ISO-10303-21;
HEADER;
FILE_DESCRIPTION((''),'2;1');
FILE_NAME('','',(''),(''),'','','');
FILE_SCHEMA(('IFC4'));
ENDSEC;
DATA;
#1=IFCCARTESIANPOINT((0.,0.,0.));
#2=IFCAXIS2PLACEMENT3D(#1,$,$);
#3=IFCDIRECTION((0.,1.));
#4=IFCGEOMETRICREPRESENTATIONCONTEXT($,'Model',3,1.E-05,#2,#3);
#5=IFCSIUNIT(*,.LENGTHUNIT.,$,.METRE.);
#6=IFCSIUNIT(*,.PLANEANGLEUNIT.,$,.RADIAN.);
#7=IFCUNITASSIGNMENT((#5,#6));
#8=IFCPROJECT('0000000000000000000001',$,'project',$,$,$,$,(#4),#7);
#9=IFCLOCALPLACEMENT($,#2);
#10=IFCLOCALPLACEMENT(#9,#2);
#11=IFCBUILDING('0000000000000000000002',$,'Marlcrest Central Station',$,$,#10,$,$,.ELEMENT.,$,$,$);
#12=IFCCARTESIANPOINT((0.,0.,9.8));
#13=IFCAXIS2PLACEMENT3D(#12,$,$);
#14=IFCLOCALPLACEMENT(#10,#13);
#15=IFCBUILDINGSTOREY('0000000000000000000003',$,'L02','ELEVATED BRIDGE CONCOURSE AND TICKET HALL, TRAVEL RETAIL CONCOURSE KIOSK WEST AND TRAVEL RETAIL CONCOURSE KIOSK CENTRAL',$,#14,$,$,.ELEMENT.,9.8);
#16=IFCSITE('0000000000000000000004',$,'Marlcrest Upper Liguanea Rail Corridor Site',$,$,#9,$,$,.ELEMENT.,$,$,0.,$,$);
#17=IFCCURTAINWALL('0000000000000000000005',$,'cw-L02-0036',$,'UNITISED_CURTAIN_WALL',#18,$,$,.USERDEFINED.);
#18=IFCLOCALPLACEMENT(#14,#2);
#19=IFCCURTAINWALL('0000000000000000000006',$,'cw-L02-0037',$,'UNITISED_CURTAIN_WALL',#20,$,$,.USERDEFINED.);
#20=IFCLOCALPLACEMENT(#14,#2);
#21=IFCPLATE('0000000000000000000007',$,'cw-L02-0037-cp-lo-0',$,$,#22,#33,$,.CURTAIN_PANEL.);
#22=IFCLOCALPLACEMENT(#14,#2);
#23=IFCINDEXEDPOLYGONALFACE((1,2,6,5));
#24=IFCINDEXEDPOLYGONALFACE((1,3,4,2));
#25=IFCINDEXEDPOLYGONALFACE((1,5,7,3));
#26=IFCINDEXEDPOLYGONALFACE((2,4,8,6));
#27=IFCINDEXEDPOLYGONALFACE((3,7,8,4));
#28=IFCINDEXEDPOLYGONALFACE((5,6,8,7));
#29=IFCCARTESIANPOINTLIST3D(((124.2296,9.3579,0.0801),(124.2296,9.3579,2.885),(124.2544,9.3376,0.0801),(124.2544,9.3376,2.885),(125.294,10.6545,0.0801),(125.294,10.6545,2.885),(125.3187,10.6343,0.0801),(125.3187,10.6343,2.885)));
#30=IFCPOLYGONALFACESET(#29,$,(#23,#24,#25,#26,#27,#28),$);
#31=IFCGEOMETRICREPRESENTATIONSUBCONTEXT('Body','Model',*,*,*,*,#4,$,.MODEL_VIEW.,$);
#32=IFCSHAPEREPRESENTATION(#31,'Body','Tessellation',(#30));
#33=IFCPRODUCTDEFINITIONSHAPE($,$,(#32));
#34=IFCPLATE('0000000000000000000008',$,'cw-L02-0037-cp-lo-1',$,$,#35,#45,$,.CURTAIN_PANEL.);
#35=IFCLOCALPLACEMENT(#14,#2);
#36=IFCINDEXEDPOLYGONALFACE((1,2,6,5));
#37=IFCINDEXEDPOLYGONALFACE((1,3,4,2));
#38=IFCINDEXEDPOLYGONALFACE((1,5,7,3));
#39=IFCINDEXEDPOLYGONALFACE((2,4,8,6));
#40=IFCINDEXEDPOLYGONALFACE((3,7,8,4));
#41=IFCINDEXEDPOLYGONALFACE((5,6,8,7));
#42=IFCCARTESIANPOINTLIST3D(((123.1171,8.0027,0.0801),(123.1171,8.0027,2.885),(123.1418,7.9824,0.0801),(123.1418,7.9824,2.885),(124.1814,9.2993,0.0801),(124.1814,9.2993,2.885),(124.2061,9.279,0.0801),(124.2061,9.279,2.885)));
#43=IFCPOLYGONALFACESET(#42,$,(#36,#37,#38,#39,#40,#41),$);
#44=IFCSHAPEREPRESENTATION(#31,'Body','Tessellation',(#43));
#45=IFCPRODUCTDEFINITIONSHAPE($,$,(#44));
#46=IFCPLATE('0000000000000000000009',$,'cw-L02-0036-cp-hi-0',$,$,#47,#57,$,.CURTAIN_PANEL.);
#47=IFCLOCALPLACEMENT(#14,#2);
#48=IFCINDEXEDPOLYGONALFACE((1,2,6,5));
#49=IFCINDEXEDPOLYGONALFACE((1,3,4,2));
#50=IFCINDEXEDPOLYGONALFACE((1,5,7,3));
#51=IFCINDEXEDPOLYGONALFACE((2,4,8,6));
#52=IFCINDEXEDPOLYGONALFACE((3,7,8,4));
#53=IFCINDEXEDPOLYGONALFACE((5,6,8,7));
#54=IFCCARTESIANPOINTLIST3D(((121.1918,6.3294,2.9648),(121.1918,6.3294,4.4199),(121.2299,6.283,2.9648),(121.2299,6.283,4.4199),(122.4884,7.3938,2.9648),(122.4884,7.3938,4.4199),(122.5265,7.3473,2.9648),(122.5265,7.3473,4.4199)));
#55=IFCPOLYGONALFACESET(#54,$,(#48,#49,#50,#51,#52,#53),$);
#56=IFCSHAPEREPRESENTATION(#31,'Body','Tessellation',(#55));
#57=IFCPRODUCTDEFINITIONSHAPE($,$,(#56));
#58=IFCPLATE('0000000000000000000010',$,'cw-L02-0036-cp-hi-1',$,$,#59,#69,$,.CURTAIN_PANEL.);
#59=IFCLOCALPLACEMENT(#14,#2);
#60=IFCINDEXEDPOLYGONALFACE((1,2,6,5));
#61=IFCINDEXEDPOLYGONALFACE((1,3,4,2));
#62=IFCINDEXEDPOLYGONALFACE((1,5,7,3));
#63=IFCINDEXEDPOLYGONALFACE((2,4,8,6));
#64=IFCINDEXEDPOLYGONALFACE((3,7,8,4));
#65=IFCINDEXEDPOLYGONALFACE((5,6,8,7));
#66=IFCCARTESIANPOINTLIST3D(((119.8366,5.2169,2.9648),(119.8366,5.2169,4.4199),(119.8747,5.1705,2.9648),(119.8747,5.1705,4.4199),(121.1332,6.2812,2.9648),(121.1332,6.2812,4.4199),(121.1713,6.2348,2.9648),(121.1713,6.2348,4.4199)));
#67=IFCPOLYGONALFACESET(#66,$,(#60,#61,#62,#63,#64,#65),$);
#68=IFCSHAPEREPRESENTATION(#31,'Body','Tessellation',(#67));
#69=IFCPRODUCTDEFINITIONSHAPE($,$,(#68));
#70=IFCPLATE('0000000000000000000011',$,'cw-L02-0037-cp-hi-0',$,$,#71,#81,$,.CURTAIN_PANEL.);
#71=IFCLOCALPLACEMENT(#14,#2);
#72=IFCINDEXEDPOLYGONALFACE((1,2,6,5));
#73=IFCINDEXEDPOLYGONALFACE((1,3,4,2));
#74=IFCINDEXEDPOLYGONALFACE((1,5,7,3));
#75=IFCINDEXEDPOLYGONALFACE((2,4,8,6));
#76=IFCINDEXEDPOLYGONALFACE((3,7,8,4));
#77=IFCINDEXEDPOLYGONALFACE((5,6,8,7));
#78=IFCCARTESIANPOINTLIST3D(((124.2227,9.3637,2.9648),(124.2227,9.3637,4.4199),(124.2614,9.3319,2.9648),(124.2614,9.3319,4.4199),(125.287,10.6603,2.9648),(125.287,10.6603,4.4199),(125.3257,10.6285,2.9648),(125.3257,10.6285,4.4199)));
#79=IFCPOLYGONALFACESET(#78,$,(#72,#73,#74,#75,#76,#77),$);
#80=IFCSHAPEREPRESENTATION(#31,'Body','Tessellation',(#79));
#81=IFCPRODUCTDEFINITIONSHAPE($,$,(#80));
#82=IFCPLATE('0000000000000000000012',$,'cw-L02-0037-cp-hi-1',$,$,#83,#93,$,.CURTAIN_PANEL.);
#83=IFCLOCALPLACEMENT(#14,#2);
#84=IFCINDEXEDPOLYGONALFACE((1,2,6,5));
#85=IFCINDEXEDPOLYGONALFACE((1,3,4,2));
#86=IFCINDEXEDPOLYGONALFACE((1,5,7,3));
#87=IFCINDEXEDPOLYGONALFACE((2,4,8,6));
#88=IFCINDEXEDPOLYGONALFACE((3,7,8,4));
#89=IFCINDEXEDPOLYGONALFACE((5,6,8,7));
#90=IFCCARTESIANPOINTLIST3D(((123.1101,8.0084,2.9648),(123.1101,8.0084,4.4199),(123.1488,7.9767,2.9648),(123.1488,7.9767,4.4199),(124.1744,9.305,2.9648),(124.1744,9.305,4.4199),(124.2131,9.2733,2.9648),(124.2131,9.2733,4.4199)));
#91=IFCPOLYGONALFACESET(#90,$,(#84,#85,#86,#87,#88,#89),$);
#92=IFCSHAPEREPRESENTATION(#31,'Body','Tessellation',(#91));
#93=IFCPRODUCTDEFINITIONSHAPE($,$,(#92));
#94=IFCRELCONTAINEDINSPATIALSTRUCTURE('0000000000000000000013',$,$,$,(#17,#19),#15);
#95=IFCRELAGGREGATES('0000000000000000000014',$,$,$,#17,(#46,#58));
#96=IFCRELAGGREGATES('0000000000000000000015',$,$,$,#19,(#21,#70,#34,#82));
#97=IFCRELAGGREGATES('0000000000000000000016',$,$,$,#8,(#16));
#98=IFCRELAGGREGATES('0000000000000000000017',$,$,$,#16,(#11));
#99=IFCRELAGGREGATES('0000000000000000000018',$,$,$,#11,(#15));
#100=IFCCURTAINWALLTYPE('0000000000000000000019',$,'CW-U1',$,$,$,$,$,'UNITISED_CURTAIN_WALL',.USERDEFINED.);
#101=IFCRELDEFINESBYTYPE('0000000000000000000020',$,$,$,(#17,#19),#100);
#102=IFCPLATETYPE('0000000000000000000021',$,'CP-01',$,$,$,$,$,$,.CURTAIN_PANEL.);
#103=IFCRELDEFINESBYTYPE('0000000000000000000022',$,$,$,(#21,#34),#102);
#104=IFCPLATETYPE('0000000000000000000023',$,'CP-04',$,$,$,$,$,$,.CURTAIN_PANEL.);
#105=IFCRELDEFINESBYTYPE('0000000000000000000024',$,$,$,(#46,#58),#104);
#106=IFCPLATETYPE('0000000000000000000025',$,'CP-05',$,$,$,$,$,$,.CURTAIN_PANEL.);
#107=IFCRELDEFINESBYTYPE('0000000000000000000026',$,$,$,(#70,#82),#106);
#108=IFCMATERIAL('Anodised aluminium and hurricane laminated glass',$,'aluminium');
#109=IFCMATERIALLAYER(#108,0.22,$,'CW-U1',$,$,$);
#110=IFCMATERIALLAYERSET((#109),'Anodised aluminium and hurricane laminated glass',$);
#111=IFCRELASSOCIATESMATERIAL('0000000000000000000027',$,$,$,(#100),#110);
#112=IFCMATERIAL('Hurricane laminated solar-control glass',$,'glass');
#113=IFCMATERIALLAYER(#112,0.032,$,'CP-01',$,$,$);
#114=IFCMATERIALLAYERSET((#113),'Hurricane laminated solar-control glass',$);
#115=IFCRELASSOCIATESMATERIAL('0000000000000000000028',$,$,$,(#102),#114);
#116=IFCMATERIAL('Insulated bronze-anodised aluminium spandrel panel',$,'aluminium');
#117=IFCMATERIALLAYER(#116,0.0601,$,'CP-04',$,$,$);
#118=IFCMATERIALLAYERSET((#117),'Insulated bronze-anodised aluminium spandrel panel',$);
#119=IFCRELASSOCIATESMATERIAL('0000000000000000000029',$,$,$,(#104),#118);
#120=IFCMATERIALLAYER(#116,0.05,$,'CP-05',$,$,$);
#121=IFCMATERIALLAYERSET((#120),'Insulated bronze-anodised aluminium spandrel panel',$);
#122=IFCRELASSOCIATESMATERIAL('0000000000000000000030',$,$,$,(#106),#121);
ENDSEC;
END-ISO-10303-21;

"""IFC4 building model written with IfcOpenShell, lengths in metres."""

from ifc_helpers import new_model, si_unit, direction, frame, origin, origin_2d, place, context, subcontext, project, spatial, rectangle, extrude, material, layer, layer_set, type_object, element, aggregate, save


model = new_model("IFC4")

# Units and contexts
model_context = context("Model", 3, precision=1e-05, world=origin(), true_north=direction((0.0, 1.0)))
body_context = subcontext(model_context, "Body", "Model", "MODEL_VIEW")
ifc_project = project(units=[si_unit("LENGTHUNIT", "METRE"), si_unit("PLANEANGLEUNIT", "RADIAN")], contexts=[model_context])

# Site, building, storey
site_placement = place(None, origin())
site = spatial("IfcSite", under=ifc_project, at=site_placement, Name="Marlcrest Upper Liguanea Rail Corridor Site", CompositionType="ELEMENT", RefElevation=0.0)
building_placement = place(site_placement, origin())
building = spatial("IfcBuilding", under=site, at=building_placement, Name="Marlcrest Central Station", CompositionType="ELEMENT")
storey_placement = place(building_placement, frame((0.0, 0.0, 9.8)))
storey = spatial("IfcBuildingStorey", under=building, at=storey_placement, Name="L02", Description="ELEVATED BRIDGE CONCOURSE AND TICKET HALL, TRAVEL RETAIL CONCOURSE KIOSK WEST AND TRAVEL RETAIL CONCOURSE KIOSK CENTRAL", CompositionType="ELEMENT", Elevation=9.8)

# Curtain walls
ifc_material_1 = material(Name="Anodised aluminium and hurricane laminated glass", Category="aluminium")
ifc_layer_1 = layer(ifc_material_1, 0.22, Name="CW-U1")
ifc_layer_set_1 = layer_set([ifc_layer_1], Name="Anodised aluminium and hurricane laminated glass")
curtain_wall_type = type_object("IfcCurtainWallType", Name="CW-U1", ElementType="UNITISED_CURTAIN_WALL", PredefinedType="USERDEFINED", material=ifc_layer_set_1)
curtain_wall_1_placement = place(storey_placement, origin())
curtain_wall_1 = element("IfcCurtainWall", 1, at=curtain_wall_1_placement, inside=storey, type_object=curtain_wall_type, Name="cw-L02-0036", ObjectType="UNITISED_CURTAIN_WALL", PredefinedType="USERDEFINED")
curtain_wall_2_placement = place(storey_placement, origin())
curtain_wall_2 = element("IfcCurtainWall", 2, at=curtain_wall_2_placement, inside=storey, type_object=curtain_wall_type, Name="cw-L02-0037", ObjectType="UNITISED_CURTAIN_WALL", PredefinedType="USERDEFINED")

# Plates
ifc_material_2 = material(Name="Hurricane laminated solar-control glass", Category="glass")
ifc_layer_2 = layer(ifc_material_2, 0.032, Name="CP-01")
ifc_layer_set_2 = layer_set([ifc_layer_2], Name="Hurricane laminated solar-control glass")
plate_type_1 = type_object("IfcPlateType", Name="CP-01", PredefinedType="CURTAIN_PANEL", material=ifc_layer_set_2)
plate_1_placement = place(storey_placement, frame((124.7742, 9.9961, 0.0801), z_axis=(0.0, 0.0, 1.0), x_axis=(-0.634474, -0.772944, 0.0)))
plate_1 = element("IfcPlate", 3, at=plate_1_placement, type_object=plate_type_1, Name="cw-L02-0037-cp-lo-0", PredefinedType="CURTAIN_PANEL", context=body_context, shape_type="SweptSolid", body=[
    extrude(rectangle(XDim=1.6775, YDim=0.032, at=origin_2d()), origin(), (0.0, 0.0, 1.0), 2.8049),
])
plate_2_placement = place(storey_placement, frame((123.6616, 8.6409, 0.0801), z_axis=(0.0, 0.0, 1.0), x_axis=(-0.634474, -0.772944, 0.0)))
plate_2 = element("IfcPlate", 4, at=plate_2_placement, type_object=plate_type_1, Name="cw-L02-0037-cp-lo-1", PredefinedType="CURTAIN_PANEL", context=body_context, shape_type="SweptSolid", body=[
    extrude(rectangle(XDim=1.6775, YDim=0.032, at=origin_2d()), origin(), (0.0, 0.0, 1.0), 2.8049),
])
ifc_material_3 = material(Name="Insulated bronze-anodised aluminium spandrel panel", Category="aluminium")
ifc_layer_3 = layer(ifc_material_3, 0.0601, Name="CP-04")
ifc_layer_set_3 = layer_set([ifc_layer_3], Name="Insulated bronze-anodised aluminium spandrel panel")
plate_type_2 = type_object("IfcPlateType", Name="CP-04", PredefinedType="CURTAIN_PANEL", material=ifc_layer_set_3)
plate_3_placement = place(storey_placement, frame((121.8591, 6.8384, 2.9648), z_axis=(0.0, 0.0, 1.0), x_axis=(-0.772944, -0.634474, 0.0)))
plate_3 = element("IfcPlate", 5, at=plate_3_placement, type_object=plate_type_2, Name="cw-L02-0036-cp-hi-0", PredefinedType="CURTAIN_PANEL", context=body_context, shape_type="SweptSolid", body=[
    extrude(rectangle(XDim=1.6775, YDim=0.0601, at=origin_2d()), origin(), (0.0, 0.0, 1.0), 1.4551),
])
plate_4_placement = place(storey_placement, frame((120.5039, 5.7258, 2.9648), z_axis=(0.0, 0.0, 1.0), x_axis=(-0.772944, -0.634474, 0.0)))
plate_4 = element("IfcPlate", 6, at=plate_4_placement, type_object=plate_type_2, Name="cw-L02-0036-cp-hi-1", PredefinedType="CURTAIN_PANEL", context=body_context, shape_type="SweptSolid", body=[
    extrude(rectangle(XDim=1.6775, YDim=0.0601, at=origin_2d()), origin(), (0.0, 0.0, 1.0), 1.4551),
])
aggregate(curtain_wall_1, [plate_3, plate_4])
ifc_layer_4 = layer(ifc_material_3, 0.05, Name="CP-05")
ifc_layer_set_4 = layer_set([ifc_layer_4], Name="Insulated bronze-anodised aluminium spandrel panel")
plate_type_3 = type_object("IfcPlateType", Name="CP-05", PredefinedType="CURTAIN_PANEL", material=ifc_layer_set_4)
plate_5_placement = place(storey_placement, frame((124.7742, 9.9961, 2.9648), z_axis=(0.0, 0.0, 1.0), x_axis=(-0.634474, -0.772944, 0.0)))
plate_5 = element("IfcPlate", 7, at=plate_5_placement, type_object=plate_type_3, Name="cw-L02-0037-cp-hi-0", PredefinedType="CURTAIN_PANEL", context=body_context, shape_type="SweptSolid", body=[
    extrude(rectangle(XDim=1.6775, YDim=0.05, at=origin_2d()), origin(), (0.0, 0.0, 1.0), 1.4551),
])
plate_6_placement = place(storey_placement, frame((123.6616, 8.6409, 2.9648), z_axis=(0.0, 0.0, 1.0), x_axis=(-0.634474, -0.772944, 0.0)))
plate_6 = element("IfcPlate", 8, at=plate_6_placement, type_object=plate_type_3, Name="cw-L02-0037-cp-hi-1", PredefinedType="CURTAIN_PANEL", context=body_context, shape_type="SweptSolid", body=[
    extrude(rectangle(XDim=1.6775, YDim=0.05, at=origin_2d()), origin(), (0.0, 0.0, 1.0), 1.4551),
])
aggregate(curtain_wall_2, [plate_1, plate_5, plate_2, plate_6])

save(model, "model.ifc")
